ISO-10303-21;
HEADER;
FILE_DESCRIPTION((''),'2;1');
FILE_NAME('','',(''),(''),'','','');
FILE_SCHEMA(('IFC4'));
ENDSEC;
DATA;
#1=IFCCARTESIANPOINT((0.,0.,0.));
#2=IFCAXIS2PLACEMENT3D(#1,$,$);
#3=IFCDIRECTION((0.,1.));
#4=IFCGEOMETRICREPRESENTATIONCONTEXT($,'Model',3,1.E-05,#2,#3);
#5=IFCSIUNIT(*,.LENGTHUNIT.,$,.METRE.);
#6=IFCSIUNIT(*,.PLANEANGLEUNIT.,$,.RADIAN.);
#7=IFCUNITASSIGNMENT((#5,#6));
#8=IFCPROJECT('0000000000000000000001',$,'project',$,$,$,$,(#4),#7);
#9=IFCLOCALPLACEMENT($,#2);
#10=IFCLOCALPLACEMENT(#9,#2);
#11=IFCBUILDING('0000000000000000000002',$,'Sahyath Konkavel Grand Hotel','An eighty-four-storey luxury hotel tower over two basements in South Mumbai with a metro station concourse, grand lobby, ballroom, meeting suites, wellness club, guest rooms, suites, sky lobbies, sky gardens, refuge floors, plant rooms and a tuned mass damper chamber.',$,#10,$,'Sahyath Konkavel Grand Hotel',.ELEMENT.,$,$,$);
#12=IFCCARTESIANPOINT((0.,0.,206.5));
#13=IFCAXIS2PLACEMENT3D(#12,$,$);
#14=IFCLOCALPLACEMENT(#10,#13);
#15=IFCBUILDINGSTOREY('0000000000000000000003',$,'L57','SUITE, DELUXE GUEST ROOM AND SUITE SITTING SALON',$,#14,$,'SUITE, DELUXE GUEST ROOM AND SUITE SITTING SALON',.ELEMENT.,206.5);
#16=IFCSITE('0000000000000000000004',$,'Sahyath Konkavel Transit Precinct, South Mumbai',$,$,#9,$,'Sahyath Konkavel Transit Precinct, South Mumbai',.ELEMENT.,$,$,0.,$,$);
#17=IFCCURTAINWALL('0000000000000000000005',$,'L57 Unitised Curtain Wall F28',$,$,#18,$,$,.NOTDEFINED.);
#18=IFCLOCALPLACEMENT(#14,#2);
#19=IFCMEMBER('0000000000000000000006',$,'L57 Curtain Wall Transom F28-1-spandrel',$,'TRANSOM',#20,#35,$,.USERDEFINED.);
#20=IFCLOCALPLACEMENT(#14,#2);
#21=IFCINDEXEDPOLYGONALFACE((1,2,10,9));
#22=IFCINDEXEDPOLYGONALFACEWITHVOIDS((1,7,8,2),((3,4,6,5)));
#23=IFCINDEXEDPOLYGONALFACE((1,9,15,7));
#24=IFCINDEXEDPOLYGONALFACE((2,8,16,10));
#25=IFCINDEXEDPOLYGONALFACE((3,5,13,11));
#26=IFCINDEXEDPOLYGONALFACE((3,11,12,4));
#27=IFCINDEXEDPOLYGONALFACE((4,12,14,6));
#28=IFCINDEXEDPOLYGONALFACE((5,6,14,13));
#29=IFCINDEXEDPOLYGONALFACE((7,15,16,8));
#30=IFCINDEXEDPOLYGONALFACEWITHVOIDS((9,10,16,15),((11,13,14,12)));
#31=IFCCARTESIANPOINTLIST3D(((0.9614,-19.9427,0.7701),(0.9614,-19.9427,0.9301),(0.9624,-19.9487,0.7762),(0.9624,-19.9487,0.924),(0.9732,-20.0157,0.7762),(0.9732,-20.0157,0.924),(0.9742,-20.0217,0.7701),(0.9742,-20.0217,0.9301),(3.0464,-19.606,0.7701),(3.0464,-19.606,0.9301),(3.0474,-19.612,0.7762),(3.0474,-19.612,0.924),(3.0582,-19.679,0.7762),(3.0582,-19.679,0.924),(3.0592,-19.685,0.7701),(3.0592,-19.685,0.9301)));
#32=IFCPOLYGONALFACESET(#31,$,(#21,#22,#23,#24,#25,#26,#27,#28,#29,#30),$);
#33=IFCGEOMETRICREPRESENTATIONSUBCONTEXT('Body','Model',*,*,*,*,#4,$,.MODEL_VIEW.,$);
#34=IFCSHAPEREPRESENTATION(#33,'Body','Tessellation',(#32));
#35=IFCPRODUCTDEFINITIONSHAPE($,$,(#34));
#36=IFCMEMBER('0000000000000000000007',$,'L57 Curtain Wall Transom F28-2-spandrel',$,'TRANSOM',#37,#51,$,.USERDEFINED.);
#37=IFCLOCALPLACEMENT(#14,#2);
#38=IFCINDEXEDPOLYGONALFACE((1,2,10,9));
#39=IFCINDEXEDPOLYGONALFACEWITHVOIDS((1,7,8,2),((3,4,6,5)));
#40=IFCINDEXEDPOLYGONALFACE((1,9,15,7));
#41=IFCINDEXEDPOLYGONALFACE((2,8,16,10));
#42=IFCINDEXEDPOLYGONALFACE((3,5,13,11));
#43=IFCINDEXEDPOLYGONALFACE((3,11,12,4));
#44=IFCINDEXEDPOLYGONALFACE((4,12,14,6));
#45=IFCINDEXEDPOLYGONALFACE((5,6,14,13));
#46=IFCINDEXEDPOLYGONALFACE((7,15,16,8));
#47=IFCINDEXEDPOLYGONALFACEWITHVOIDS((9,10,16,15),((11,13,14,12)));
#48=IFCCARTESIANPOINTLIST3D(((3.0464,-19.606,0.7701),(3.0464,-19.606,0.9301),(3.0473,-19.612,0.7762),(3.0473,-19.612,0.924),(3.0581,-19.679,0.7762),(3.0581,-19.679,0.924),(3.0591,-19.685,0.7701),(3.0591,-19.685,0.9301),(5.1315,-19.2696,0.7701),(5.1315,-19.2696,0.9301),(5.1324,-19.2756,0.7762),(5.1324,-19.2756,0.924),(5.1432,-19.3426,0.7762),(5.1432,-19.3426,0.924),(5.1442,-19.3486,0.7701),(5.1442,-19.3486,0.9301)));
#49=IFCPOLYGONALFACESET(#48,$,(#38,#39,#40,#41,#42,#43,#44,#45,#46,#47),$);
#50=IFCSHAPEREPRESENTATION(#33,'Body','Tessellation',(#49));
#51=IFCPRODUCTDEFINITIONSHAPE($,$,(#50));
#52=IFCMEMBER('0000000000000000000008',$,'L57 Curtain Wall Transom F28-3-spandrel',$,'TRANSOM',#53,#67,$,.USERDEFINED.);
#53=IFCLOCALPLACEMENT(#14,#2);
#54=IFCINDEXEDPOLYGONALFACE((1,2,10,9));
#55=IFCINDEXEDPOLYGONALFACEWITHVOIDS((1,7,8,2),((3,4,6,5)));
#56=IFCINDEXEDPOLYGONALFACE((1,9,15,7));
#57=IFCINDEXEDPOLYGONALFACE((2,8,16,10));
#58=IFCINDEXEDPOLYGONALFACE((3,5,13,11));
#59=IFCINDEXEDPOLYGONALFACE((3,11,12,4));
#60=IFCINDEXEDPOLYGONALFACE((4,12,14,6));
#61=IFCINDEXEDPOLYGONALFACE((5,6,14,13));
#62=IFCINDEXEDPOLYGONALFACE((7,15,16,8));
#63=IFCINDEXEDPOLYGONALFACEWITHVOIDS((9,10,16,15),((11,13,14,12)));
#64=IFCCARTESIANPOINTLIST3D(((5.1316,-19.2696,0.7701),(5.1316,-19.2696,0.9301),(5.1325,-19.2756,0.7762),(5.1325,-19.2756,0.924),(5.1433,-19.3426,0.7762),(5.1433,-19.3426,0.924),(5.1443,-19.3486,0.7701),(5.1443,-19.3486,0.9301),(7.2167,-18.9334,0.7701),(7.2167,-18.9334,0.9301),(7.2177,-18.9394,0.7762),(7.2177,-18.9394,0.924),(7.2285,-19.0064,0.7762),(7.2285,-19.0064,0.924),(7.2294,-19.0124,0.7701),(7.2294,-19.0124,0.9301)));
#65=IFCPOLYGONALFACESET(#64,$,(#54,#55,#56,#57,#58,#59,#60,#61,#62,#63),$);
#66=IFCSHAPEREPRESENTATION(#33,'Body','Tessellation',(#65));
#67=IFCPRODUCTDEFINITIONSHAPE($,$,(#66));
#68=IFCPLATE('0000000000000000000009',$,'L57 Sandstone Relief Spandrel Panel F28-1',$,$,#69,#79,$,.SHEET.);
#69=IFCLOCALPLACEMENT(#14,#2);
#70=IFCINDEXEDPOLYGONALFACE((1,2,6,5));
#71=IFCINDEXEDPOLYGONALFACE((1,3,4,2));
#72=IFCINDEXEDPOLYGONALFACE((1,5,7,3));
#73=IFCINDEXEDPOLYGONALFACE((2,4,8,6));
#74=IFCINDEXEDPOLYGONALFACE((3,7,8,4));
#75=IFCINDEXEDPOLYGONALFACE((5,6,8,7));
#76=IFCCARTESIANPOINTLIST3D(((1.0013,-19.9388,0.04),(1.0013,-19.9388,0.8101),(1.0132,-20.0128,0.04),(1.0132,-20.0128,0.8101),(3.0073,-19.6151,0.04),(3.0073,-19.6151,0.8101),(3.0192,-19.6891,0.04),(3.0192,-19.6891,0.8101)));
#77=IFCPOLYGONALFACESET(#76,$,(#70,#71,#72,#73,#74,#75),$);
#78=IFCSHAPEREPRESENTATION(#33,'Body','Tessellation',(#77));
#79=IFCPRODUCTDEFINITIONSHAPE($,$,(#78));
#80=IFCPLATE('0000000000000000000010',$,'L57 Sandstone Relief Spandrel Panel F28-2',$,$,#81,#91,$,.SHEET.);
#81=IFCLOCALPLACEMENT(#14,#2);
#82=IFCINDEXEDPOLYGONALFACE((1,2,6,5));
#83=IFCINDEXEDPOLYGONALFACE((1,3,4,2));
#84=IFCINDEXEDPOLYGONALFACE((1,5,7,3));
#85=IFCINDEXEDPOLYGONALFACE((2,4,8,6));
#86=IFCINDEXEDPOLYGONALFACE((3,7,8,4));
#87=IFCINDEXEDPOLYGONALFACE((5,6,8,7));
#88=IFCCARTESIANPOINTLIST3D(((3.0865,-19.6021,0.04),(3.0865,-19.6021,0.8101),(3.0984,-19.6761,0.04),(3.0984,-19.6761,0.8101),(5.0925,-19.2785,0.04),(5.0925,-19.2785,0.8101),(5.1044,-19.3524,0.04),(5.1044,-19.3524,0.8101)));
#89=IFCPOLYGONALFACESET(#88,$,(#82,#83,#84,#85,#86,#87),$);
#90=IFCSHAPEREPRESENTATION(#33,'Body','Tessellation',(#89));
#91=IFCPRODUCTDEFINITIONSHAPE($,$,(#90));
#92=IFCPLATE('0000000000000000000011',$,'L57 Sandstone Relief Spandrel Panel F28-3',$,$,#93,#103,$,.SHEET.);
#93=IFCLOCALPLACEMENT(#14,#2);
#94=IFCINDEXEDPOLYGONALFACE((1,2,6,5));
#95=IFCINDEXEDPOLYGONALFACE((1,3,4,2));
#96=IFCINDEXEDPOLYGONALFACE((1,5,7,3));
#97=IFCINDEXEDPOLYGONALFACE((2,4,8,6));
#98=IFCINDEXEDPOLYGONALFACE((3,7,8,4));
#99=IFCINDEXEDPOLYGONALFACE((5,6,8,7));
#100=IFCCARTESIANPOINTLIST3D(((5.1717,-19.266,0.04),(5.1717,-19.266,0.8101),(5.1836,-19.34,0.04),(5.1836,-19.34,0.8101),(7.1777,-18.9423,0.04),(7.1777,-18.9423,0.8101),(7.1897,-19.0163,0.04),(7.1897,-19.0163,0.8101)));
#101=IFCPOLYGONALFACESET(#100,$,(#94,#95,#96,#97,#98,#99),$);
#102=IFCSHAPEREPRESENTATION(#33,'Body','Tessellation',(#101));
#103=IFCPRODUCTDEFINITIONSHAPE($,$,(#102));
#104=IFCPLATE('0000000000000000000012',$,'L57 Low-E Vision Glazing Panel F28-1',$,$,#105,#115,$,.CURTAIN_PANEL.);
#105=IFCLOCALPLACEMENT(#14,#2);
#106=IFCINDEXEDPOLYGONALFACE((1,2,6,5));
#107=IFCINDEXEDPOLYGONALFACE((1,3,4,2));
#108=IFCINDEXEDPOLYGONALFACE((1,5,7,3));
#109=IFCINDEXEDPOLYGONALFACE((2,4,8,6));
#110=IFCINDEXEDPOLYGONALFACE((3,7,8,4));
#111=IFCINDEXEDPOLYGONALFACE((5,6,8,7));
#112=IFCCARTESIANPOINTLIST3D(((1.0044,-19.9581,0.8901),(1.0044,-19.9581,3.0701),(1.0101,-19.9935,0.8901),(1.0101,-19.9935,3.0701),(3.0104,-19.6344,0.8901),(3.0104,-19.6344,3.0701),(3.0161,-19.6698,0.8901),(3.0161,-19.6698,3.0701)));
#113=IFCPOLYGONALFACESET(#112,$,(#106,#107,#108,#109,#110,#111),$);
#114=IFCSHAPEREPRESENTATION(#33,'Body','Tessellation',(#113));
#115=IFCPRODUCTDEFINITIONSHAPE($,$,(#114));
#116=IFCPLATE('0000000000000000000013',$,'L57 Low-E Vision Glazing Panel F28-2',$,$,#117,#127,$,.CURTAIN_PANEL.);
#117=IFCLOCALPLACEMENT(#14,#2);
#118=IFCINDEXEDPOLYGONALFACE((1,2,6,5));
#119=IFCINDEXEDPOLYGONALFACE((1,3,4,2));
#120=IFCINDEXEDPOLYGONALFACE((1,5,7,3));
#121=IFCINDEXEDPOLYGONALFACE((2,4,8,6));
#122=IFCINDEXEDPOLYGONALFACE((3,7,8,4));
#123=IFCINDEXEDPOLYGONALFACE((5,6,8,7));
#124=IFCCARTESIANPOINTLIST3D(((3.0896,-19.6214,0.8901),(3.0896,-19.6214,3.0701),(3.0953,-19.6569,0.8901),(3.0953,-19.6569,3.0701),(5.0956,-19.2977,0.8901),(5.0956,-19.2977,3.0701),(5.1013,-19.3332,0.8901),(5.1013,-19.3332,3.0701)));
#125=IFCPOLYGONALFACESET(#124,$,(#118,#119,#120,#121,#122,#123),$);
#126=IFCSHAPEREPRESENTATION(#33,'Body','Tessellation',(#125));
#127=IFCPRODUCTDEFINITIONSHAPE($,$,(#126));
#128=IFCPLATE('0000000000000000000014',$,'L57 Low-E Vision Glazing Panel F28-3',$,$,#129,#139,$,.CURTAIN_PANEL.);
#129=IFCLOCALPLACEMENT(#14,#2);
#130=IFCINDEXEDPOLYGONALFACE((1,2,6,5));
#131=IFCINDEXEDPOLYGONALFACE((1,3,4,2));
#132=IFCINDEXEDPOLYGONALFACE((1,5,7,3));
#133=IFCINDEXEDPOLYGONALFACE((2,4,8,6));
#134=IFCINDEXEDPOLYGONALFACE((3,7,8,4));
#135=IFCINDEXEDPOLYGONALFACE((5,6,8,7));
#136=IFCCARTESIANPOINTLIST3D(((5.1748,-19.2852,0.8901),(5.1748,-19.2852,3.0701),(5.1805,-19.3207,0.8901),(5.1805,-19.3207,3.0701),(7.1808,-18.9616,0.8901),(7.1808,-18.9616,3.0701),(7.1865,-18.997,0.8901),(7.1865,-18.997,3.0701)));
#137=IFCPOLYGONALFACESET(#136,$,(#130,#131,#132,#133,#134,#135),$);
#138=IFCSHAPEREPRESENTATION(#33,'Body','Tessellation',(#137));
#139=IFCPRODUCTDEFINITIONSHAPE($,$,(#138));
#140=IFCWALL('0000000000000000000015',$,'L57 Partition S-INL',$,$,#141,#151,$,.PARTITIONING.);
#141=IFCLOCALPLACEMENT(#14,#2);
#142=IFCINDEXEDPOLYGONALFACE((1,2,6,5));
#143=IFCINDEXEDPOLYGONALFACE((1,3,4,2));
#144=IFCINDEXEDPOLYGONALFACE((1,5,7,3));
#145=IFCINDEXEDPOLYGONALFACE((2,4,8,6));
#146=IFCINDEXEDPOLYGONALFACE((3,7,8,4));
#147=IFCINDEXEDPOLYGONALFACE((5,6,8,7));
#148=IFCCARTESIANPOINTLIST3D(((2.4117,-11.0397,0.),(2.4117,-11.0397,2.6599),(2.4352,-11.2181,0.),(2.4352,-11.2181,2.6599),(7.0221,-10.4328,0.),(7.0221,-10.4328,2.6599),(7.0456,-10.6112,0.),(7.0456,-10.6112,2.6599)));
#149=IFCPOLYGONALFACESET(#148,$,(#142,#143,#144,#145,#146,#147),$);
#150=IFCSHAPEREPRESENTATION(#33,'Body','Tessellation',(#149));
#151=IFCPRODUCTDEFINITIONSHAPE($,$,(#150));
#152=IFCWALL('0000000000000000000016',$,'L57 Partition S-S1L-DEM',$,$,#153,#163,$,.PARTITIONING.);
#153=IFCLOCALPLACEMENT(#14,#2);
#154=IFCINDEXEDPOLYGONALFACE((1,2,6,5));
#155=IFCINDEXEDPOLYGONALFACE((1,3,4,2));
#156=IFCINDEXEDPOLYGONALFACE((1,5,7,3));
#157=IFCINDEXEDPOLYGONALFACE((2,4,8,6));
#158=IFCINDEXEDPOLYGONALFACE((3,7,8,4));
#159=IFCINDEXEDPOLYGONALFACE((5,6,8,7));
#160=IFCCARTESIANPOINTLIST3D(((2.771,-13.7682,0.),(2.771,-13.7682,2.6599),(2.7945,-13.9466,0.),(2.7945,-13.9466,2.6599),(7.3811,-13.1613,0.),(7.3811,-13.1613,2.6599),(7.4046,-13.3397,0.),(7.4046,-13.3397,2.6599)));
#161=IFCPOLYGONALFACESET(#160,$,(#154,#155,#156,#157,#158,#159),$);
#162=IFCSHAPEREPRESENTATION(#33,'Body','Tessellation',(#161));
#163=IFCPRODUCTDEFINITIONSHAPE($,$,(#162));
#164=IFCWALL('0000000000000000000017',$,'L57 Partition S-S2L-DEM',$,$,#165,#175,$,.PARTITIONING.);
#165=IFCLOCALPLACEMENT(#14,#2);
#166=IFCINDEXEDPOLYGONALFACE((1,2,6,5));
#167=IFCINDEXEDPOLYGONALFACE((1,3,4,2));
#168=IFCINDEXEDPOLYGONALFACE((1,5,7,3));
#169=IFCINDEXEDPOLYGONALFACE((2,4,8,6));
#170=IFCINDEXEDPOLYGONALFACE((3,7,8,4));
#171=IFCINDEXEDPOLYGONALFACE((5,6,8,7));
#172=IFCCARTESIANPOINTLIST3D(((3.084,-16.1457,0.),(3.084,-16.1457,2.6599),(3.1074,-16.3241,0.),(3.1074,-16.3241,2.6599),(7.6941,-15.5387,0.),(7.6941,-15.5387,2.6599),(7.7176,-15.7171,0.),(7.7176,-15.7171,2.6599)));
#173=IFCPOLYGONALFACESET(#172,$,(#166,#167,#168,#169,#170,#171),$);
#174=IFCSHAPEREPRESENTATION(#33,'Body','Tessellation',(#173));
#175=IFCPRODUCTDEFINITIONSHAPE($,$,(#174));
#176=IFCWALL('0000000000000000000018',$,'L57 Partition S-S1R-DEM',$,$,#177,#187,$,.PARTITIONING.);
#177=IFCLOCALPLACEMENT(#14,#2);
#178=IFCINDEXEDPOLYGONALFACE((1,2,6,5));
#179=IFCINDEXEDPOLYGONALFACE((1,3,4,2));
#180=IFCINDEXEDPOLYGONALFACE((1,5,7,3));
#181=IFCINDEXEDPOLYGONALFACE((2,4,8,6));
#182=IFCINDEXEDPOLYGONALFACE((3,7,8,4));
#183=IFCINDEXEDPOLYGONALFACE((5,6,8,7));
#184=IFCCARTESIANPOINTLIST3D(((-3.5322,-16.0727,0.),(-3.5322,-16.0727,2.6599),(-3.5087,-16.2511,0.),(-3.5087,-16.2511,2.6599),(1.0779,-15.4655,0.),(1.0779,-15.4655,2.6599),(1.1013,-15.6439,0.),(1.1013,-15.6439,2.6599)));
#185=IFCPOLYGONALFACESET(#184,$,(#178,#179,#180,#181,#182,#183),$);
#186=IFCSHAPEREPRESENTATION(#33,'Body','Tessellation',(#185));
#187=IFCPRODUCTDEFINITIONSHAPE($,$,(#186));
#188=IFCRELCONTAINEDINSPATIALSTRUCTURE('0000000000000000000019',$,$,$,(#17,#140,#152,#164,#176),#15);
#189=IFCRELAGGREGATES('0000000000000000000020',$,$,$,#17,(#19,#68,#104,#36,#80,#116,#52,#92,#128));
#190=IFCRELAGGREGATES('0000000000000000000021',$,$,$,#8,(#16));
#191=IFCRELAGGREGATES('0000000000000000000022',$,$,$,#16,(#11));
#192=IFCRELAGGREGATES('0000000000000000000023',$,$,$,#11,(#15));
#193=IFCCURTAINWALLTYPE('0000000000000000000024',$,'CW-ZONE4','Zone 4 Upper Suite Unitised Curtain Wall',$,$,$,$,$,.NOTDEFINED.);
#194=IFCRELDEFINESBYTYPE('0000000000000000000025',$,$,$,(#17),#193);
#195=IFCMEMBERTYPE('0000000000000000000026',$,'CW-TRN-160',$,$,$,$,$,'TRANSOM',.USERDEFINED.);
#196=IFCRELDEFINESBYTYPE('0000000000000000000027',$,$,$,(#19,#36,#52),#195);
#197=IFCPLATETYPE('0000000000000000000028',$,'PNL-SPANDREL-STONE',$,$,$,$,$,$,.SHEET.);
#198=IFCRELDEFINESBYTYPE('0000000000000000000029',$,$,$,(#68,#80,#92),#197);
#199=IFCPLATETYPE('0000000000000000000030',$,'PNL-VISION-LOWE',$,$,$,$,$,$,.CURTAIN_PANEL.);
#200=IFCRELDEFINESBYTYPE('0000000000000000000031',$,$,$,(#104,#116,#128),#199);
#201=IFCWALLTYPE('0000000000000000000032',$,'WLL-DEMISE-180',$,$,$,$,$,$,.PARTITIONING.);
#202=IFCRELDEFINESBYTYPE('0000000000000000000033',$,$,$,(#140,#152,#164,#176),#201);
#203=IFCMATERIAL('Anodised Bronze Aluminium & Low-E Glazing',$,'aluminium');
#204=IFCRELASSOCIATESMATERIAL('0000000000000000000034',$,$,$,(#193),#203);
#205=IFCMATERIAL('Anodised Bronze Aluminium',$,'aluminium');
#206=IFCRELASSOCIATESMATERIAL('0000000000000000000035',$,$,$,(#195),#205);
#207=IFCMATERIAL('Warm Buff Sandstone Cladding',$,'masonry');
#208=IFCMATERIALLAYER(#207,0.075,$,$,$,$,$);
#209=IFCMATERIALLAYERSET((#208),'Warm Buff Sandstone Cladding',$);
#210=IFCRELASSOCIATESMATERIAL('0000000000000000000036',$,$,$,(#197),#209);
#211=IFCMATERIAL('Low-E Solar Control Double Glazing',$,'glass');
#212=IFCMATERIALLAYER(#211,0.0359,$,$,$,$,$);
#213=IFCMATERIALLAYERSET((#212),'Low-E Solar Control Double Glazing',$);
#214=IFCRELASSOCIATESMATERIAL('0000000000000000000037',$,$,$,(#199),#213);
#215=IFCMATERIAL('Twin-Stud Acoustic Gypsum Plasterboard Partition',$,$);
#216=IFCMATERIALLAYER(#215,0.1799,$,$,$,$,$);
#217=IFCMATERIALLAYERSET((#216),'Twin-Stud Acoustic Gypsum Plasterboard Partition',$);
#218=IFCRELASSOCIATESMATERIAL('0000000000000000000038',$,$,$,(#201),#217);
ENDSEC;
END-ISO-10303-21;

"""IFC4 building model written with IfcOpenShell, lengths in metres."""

from ifc_helpers import new_model, si_unit, direction, frame, frame_2d, origin, origin_2d, place, context, subcontext, project, spatial, rectangle, hollow_rectangle, extrude, source, transform, mapped, material, layer, layer_set, material_profile, profile_set, type_object, element, aggregate, save


model = new_model("IFC4")

# Units and contexts
model_context = context("Model", 3, precision=1e-05, world=origin(), true_north=direction((0.0, 1.0)))
body_context = subcontext(model_context, "Body", "Model", "MODEL_VIEW")
ifc_project = project(units=[si_unit("LENGTHUNIT", "METRE"), si_unit("PLANEANGLEUNIT", "RADIAN")], contexts=[model_context])

# Site, building, storey
site_placement = place(None, origin())
site = spatial("IfcSite", under=ifc_project, at=site_placement, Name="Sahyath Konkavel Transit Precinct, South Mumbai", LongName="Sahyath Konkavel Transit Precinct, South Mumbai", CompositionType="ELEMENT", RefElevation=0.0)
building_placement = place(site_placement, origin())
building = spatial("IfcBuilding", under=site, at=building_placement, Name="Sahyath Konkavel Grand Hotel", Description="An eighty-four-storey luxury hotel tower over two basements in South Mumbai with a metro station concourse, grand lobby, ballroom, meeting suites, wellness club, guest rooms, suites, sky lobbies, sky gardens, refuge floors, plant rooms and a tuned mass damper chamber.", LongName="Sahyath Konkavel Grand Hotel", CompositionType="ELEMENT")
storey_placement = place(building_placement, frame((0.0, 0.0, 206.5)))
storey = spatial("IfcBuildingStorey", under=building, at=storey_placement, Name="L57", Description="SUITE, DELUXE GUEST ROOM AND SUITE SITTING SALON", LongName="SUITE, DELUXE GUEST ROOM AND SUITE SITTING SALON", CompositionType="ELEMENT", Elevation=206.5)

# Curtain wall
ifc_material_1 = material(Name="Anodised Bronze Aluminium & Low-E Glazing", Category="aluminium")
curtain_wall_type = type_object("IfcCurtainWallType", Name="CW-ZONE4", Description="Zone 4 Upper Suite Unitised Curtain Wall", PredefinedType="NOTDEFINED", material=ifc_material_1)
curtain_wall_placement = place(storey_placement, origin())
curtain_wall = element("IfcCurtainWall", 1, at=curtain_wall_placement, inside=storey, type_object=curtain_wall_type, Name="L57 Unitised Curtain Wall F28", PredefinedType="NOTDEFINED")
ifc_material_2 = material(Name="Anodised Bronze Aluminium", Category="aluminium")

# Members
ifc_material_profile_1 = material_profile(ifc_material_2, hollow_rectangle(XDim=0.0801, YDim=0.1599, WallThickness=0.0061, at=origin_2d()), Name="RHS 160x80x6")
ifc_profile_set_1 = profile_set([ifc_material_profile_1], Name="Anodised Bronze Aluminium")
member_type_1 = type_object("IfcMemberType", Name="CW-TRN-160", ElementType="TRANSOM", PredefinedType="USERDEFINED", material=ifc_profile_set_1)
shared_shape_1 = source(origin(), body_context, "Body", "SweptSolid", [
    extrude(hollow_rectangle(XDim=0.0801, YDim=0.1599, WallThickness=0.0061, at=origin_2d()), origin(), (0.0, 0.0, 1.0), 2.1121),
])
member_1_placement = place(storey_placement, frame((0.9678, -19.9822, 0.8501), z_axis=(0.987212, 0.159411, 0.0), x_axis=(-0.159411, 0.987212, 0.0)))
member_1 = element("IfcMember", 2, at=member_1_placement, type_object=member_type_1, Name="L57 Curtain Wall Transom F28-1-spandrel", ObjectType="TRANSOM", PredefinedType="USERDEFINED", context=body_context, shape_type="MappedRepresentation", body=[
    mapped(shared_shape_1, transform((0.0, 0.0, 0.0), scale=1.0)),
])
member_2_placement = place(storey_placement, frame((3.0527, -19.6455, 0.8501), z_axis=(0.987233, 0.15928, 0.0), x_axis=(-0.15928, 0.987233, 0.0)))
member_2 = element("IfcMember", 3, at=member_2_placement, type_object=member_type_1, Name="L57 Curtain Wall Transom F28-2-spandrel", ObjectType="TRANSOM", PredefinedType="USERDEFINED", context=body_context, shape_type="MappedRepresentation", body=[
    mapped(shared_shape_1, transform((0.0, 0.0, 0.0), scale=1.0)),
])
member_3_placement = place(storey_placement, frame((5.1379, -19.3091, 0.8501), z_axis=(0.987252, 0.159167, 0.0), x_axis=(-0.159167, 0.987252, 0.0)))
member_3 = element("IfcMember", 4, at=member_3_placement, type_object=member_type_1, Name="L57 Curtain Wall Transom F28-3-spandrel", ObjectType="TRANSOM", PredefinedType="USERDEFINED", context=body_context, shape_type="MappedRepresentation", body=[
    mapped(shared_shape_1, transform((0.0, 0.0, 0.0), scale=1.0)),
])

# Plates
ifc_material_3 = material(Name="Warm Buff Sandstone Cladding", Category="masonry")
ifc_layer_1 = layer(ifc_material_3, 0.075)
ifc_layer_set_1 = layer_set([ifc_layer_1], Name="Warm Buff Sandstone Cladding")
plate_type_1 = type_object("IfcPlateType", Name="PNL-SPANDREL-STONE", PredefinedType="SHEET", material=ifc_layer_set_1)
shared_shape_2 = source(origin(), body_context, "Body", "SweptSolid", [
    extrude(rectangle(XDim=2.032, YDim=0.075, at=origin_2d()), origin(), (0.0, 0.0, 1.0), 0.77),
])
plate_1_placement = place(storey_placement, frame((2.0103, -19.814, 0.04), z_axis=(0.0, 0.0, 1.0), x_axis=(0.987231, 0.159295, 0.0)))
plate_1 = element("IfcPlate", 5, at=plate_1_placement, type_object=plate_type_1, Name="L57 Sandstone Relief Spandrel Panel F28-1", PredefinedType="SHEET", context=body_context, shape_type="MappedRepresentation", body=[
    mapped(shared_shape_2, transform((0.0, 0.0, 0.0), scale=1.0)),
])
plate_2_placement = place(storey_placement, frame((4.0955, -19.4773, 0.04), z_axis=(0.0, 0.0, 1.0), x_axis=(0.987231, 0.159295, 0.0)))
plate_2 = element("IfcPlate", 6, at=plate_2_placement, type_object=plate_type_1, Name="L57 Sandstone Relief Spandrel Panel F28-2", PredefinedType="SHEET", context=body_context, shape_type="MappedRepresentation", body=[
    mapped(shared_shape_2, transform((0.0, 0.0, 0.0), scale=1.0)),
])
plate_3_placement = place(storey_placement, frame((6.1807, -19.1411, 0.04), z_axis=(0.0, 0.0, 1.0), x_axis=(0.987231, 0.159295, 0.0)))
plate_3 = element("IfcPlate", 7, at=plate_3_placement, type_object=plate_type_1, Name="L57 Sandstone Relief Spandrel Panel F28-3", PredefinedType="SHEET", context=body_context, shape_type="MappedRepresentation", body=[
    mapped(shared_shape_2, transform((0.0, 0.0, 0.0), scale=1.0)),
])
ifc_material_4 = material(Name="Low-E Solar Control Double Glazing", Category="glass")
ifc_layer_2 = layer(ifc_material_4, 0.0359)
ifc_layer_set_2 = layer_set([ifc_layer_2], Name="Low-E Solar Control Double Glazing")
plate_type_2 = type_object("IfcPlateType", Name="PNL-VISION-LOWE", PredefinedType="CURTAIN_PANEL", material=ifc_layer_set_2)
shared_shape_3 = source(origin(), body_context, "Body", "SweptSolid", [
    extrude(rectangle(XDim=2.032, YDim=0.0359, at=origin_2d()), origin(), (0.0, 0.0, 1.0), 2.1799),
])
plate_4_placement = place(storey_placement, frame((2.0103, -19.814, 0.8901), z_axis=(0.0, 0.0, 1.0), x_axis=(0.987231, 0.159295, 0.0)))
plate_4 = element("IfcPlate", 8, at=plate_4_placement, type_object=plate_type_2, Name="L57 Low-E Vision Glazing Panel F28-1", PredefinedType="CURTAIN_PANEL", context=body_context, shape_type="MappedRepresentation", body=[
    mapped(shared_shape_3, transform((0.0, 0.0, 0.0), scale=1.0)),
])
plate_5_placement = place(storey_placement, frame((4.0955, -19.4773, 0.8901), z_axis=(0.0, 0.0, 1.0), x_axis=(0.987231, 0.159295, 0.0)))
plate_5 = element("IfcPlate", 9, at=plate_5_placement, type_object=plate_type_2, Name="L57 Low-E Vision Glazing Panel F28-2", PredefinedType="CURTAIN_PANEL", context=body_context, shape_type="MappedRepresentation", body=[
    mapped(shared_shape_3, transform((0.0, 0.0, 0.0), scale=1.0)),
])
plate_6_placement = place(storey_placement, frame((6.1807, -19.1411, 0.8901), z_axis=(0.0, 0.0, 1.0), x_axis=(0.987231, 0.159295, 0.0)))
plate_6 = element("IfcPlate", 10, at=plate_6_placement, type_object=plate_type_2, Name="L57 Low-E Vision Glazing Panel F28-3", PredefinedType="CURTAIN_PANEL", context=body_context, shape_type="MappedRepresentation", body=[
    mapped(shared_shape_3, transform((0.0, 0.0, 0.0), scale=1.0)),
])
aggregate(curtain_wall, [member_1, plate_1, plate_4, member_2, plate_2, plate_5, member_3, plate_3, plate_6])

# Walls
ifc_material_5 = material(Name="Twin-Stud Acoustic Gypsum Plasterboard Partition")
ifc_layer_3 = layer(ifc_material_5, 0.1799)
ifc_layer_set_3 = layer_set([ifc_layer_3], Name="Twin-Stud Acoustic Gypsum Plasterboard Partition")
wall_type_1 = type_object("IfcWallType", Name="WLL-DEMISE-180", PredefinedType="PARTITIONING", material=ifc_layer_set_3)
wall_1_placement = place(storey_placement, frame((2.4233, -11.1289, 0.0), z_axis=(0.0, 0.0, 1.0), x_axis=(0.991446, 0.13052, 0.0)))
element("IfcWall", 11, at=wall_1_placement, inside=storey, type_object=wall_type_1, Name="L57 Partition S-INL", PredefinedType="PARTITIONING", context=body_context, shape_type="SweptSolid", body=[
    extrude(rectangle(XDim=4.6501, YDim=0.1799, at=frame_2d((2.3252, 0.0))), origin(), (0.0, 0.0, 1.0), 2.6599),
])
for number, where, z_axis, x_axis, name in (
    (12, (2.7827, -13.8574, 0.0), (0.0, 0.0, 1.0), (0.991445, 0.130526, 0.0), "L57 Partition S-S1L-DEM"),
    (13, (3.0957, -16.2349, 0.0), (0.0, 0.0, 1.0), (0.991445, 0.130526, 0.0), "L57 Partition S-S2L-DEM"),
    (14, (1.0896, -15.5547, 0.0), (0.0, 0.0, 1.0), (-0.991438, -0.130578, 0.0), "L57 Partition S-S1R-DEM"),
):
    element("IfcWall", number, at=place(storey_placement, frame(where, z_axis=z_axis, x_axis=x_axis)), inside=storey, type_object=wall_type_1, Name=name, PredefinedType="PARTITIONING", context=body_context, shape_type="SweptSolid", body=[
        extrude(rectangle(XDim=4.6499, YDim=0.1799, at=frame_2d((2.325, 0.0))), origin(), (0.0, 0.0, 1.0), 2.6599),
    ])

save(model, "model.ifc")
